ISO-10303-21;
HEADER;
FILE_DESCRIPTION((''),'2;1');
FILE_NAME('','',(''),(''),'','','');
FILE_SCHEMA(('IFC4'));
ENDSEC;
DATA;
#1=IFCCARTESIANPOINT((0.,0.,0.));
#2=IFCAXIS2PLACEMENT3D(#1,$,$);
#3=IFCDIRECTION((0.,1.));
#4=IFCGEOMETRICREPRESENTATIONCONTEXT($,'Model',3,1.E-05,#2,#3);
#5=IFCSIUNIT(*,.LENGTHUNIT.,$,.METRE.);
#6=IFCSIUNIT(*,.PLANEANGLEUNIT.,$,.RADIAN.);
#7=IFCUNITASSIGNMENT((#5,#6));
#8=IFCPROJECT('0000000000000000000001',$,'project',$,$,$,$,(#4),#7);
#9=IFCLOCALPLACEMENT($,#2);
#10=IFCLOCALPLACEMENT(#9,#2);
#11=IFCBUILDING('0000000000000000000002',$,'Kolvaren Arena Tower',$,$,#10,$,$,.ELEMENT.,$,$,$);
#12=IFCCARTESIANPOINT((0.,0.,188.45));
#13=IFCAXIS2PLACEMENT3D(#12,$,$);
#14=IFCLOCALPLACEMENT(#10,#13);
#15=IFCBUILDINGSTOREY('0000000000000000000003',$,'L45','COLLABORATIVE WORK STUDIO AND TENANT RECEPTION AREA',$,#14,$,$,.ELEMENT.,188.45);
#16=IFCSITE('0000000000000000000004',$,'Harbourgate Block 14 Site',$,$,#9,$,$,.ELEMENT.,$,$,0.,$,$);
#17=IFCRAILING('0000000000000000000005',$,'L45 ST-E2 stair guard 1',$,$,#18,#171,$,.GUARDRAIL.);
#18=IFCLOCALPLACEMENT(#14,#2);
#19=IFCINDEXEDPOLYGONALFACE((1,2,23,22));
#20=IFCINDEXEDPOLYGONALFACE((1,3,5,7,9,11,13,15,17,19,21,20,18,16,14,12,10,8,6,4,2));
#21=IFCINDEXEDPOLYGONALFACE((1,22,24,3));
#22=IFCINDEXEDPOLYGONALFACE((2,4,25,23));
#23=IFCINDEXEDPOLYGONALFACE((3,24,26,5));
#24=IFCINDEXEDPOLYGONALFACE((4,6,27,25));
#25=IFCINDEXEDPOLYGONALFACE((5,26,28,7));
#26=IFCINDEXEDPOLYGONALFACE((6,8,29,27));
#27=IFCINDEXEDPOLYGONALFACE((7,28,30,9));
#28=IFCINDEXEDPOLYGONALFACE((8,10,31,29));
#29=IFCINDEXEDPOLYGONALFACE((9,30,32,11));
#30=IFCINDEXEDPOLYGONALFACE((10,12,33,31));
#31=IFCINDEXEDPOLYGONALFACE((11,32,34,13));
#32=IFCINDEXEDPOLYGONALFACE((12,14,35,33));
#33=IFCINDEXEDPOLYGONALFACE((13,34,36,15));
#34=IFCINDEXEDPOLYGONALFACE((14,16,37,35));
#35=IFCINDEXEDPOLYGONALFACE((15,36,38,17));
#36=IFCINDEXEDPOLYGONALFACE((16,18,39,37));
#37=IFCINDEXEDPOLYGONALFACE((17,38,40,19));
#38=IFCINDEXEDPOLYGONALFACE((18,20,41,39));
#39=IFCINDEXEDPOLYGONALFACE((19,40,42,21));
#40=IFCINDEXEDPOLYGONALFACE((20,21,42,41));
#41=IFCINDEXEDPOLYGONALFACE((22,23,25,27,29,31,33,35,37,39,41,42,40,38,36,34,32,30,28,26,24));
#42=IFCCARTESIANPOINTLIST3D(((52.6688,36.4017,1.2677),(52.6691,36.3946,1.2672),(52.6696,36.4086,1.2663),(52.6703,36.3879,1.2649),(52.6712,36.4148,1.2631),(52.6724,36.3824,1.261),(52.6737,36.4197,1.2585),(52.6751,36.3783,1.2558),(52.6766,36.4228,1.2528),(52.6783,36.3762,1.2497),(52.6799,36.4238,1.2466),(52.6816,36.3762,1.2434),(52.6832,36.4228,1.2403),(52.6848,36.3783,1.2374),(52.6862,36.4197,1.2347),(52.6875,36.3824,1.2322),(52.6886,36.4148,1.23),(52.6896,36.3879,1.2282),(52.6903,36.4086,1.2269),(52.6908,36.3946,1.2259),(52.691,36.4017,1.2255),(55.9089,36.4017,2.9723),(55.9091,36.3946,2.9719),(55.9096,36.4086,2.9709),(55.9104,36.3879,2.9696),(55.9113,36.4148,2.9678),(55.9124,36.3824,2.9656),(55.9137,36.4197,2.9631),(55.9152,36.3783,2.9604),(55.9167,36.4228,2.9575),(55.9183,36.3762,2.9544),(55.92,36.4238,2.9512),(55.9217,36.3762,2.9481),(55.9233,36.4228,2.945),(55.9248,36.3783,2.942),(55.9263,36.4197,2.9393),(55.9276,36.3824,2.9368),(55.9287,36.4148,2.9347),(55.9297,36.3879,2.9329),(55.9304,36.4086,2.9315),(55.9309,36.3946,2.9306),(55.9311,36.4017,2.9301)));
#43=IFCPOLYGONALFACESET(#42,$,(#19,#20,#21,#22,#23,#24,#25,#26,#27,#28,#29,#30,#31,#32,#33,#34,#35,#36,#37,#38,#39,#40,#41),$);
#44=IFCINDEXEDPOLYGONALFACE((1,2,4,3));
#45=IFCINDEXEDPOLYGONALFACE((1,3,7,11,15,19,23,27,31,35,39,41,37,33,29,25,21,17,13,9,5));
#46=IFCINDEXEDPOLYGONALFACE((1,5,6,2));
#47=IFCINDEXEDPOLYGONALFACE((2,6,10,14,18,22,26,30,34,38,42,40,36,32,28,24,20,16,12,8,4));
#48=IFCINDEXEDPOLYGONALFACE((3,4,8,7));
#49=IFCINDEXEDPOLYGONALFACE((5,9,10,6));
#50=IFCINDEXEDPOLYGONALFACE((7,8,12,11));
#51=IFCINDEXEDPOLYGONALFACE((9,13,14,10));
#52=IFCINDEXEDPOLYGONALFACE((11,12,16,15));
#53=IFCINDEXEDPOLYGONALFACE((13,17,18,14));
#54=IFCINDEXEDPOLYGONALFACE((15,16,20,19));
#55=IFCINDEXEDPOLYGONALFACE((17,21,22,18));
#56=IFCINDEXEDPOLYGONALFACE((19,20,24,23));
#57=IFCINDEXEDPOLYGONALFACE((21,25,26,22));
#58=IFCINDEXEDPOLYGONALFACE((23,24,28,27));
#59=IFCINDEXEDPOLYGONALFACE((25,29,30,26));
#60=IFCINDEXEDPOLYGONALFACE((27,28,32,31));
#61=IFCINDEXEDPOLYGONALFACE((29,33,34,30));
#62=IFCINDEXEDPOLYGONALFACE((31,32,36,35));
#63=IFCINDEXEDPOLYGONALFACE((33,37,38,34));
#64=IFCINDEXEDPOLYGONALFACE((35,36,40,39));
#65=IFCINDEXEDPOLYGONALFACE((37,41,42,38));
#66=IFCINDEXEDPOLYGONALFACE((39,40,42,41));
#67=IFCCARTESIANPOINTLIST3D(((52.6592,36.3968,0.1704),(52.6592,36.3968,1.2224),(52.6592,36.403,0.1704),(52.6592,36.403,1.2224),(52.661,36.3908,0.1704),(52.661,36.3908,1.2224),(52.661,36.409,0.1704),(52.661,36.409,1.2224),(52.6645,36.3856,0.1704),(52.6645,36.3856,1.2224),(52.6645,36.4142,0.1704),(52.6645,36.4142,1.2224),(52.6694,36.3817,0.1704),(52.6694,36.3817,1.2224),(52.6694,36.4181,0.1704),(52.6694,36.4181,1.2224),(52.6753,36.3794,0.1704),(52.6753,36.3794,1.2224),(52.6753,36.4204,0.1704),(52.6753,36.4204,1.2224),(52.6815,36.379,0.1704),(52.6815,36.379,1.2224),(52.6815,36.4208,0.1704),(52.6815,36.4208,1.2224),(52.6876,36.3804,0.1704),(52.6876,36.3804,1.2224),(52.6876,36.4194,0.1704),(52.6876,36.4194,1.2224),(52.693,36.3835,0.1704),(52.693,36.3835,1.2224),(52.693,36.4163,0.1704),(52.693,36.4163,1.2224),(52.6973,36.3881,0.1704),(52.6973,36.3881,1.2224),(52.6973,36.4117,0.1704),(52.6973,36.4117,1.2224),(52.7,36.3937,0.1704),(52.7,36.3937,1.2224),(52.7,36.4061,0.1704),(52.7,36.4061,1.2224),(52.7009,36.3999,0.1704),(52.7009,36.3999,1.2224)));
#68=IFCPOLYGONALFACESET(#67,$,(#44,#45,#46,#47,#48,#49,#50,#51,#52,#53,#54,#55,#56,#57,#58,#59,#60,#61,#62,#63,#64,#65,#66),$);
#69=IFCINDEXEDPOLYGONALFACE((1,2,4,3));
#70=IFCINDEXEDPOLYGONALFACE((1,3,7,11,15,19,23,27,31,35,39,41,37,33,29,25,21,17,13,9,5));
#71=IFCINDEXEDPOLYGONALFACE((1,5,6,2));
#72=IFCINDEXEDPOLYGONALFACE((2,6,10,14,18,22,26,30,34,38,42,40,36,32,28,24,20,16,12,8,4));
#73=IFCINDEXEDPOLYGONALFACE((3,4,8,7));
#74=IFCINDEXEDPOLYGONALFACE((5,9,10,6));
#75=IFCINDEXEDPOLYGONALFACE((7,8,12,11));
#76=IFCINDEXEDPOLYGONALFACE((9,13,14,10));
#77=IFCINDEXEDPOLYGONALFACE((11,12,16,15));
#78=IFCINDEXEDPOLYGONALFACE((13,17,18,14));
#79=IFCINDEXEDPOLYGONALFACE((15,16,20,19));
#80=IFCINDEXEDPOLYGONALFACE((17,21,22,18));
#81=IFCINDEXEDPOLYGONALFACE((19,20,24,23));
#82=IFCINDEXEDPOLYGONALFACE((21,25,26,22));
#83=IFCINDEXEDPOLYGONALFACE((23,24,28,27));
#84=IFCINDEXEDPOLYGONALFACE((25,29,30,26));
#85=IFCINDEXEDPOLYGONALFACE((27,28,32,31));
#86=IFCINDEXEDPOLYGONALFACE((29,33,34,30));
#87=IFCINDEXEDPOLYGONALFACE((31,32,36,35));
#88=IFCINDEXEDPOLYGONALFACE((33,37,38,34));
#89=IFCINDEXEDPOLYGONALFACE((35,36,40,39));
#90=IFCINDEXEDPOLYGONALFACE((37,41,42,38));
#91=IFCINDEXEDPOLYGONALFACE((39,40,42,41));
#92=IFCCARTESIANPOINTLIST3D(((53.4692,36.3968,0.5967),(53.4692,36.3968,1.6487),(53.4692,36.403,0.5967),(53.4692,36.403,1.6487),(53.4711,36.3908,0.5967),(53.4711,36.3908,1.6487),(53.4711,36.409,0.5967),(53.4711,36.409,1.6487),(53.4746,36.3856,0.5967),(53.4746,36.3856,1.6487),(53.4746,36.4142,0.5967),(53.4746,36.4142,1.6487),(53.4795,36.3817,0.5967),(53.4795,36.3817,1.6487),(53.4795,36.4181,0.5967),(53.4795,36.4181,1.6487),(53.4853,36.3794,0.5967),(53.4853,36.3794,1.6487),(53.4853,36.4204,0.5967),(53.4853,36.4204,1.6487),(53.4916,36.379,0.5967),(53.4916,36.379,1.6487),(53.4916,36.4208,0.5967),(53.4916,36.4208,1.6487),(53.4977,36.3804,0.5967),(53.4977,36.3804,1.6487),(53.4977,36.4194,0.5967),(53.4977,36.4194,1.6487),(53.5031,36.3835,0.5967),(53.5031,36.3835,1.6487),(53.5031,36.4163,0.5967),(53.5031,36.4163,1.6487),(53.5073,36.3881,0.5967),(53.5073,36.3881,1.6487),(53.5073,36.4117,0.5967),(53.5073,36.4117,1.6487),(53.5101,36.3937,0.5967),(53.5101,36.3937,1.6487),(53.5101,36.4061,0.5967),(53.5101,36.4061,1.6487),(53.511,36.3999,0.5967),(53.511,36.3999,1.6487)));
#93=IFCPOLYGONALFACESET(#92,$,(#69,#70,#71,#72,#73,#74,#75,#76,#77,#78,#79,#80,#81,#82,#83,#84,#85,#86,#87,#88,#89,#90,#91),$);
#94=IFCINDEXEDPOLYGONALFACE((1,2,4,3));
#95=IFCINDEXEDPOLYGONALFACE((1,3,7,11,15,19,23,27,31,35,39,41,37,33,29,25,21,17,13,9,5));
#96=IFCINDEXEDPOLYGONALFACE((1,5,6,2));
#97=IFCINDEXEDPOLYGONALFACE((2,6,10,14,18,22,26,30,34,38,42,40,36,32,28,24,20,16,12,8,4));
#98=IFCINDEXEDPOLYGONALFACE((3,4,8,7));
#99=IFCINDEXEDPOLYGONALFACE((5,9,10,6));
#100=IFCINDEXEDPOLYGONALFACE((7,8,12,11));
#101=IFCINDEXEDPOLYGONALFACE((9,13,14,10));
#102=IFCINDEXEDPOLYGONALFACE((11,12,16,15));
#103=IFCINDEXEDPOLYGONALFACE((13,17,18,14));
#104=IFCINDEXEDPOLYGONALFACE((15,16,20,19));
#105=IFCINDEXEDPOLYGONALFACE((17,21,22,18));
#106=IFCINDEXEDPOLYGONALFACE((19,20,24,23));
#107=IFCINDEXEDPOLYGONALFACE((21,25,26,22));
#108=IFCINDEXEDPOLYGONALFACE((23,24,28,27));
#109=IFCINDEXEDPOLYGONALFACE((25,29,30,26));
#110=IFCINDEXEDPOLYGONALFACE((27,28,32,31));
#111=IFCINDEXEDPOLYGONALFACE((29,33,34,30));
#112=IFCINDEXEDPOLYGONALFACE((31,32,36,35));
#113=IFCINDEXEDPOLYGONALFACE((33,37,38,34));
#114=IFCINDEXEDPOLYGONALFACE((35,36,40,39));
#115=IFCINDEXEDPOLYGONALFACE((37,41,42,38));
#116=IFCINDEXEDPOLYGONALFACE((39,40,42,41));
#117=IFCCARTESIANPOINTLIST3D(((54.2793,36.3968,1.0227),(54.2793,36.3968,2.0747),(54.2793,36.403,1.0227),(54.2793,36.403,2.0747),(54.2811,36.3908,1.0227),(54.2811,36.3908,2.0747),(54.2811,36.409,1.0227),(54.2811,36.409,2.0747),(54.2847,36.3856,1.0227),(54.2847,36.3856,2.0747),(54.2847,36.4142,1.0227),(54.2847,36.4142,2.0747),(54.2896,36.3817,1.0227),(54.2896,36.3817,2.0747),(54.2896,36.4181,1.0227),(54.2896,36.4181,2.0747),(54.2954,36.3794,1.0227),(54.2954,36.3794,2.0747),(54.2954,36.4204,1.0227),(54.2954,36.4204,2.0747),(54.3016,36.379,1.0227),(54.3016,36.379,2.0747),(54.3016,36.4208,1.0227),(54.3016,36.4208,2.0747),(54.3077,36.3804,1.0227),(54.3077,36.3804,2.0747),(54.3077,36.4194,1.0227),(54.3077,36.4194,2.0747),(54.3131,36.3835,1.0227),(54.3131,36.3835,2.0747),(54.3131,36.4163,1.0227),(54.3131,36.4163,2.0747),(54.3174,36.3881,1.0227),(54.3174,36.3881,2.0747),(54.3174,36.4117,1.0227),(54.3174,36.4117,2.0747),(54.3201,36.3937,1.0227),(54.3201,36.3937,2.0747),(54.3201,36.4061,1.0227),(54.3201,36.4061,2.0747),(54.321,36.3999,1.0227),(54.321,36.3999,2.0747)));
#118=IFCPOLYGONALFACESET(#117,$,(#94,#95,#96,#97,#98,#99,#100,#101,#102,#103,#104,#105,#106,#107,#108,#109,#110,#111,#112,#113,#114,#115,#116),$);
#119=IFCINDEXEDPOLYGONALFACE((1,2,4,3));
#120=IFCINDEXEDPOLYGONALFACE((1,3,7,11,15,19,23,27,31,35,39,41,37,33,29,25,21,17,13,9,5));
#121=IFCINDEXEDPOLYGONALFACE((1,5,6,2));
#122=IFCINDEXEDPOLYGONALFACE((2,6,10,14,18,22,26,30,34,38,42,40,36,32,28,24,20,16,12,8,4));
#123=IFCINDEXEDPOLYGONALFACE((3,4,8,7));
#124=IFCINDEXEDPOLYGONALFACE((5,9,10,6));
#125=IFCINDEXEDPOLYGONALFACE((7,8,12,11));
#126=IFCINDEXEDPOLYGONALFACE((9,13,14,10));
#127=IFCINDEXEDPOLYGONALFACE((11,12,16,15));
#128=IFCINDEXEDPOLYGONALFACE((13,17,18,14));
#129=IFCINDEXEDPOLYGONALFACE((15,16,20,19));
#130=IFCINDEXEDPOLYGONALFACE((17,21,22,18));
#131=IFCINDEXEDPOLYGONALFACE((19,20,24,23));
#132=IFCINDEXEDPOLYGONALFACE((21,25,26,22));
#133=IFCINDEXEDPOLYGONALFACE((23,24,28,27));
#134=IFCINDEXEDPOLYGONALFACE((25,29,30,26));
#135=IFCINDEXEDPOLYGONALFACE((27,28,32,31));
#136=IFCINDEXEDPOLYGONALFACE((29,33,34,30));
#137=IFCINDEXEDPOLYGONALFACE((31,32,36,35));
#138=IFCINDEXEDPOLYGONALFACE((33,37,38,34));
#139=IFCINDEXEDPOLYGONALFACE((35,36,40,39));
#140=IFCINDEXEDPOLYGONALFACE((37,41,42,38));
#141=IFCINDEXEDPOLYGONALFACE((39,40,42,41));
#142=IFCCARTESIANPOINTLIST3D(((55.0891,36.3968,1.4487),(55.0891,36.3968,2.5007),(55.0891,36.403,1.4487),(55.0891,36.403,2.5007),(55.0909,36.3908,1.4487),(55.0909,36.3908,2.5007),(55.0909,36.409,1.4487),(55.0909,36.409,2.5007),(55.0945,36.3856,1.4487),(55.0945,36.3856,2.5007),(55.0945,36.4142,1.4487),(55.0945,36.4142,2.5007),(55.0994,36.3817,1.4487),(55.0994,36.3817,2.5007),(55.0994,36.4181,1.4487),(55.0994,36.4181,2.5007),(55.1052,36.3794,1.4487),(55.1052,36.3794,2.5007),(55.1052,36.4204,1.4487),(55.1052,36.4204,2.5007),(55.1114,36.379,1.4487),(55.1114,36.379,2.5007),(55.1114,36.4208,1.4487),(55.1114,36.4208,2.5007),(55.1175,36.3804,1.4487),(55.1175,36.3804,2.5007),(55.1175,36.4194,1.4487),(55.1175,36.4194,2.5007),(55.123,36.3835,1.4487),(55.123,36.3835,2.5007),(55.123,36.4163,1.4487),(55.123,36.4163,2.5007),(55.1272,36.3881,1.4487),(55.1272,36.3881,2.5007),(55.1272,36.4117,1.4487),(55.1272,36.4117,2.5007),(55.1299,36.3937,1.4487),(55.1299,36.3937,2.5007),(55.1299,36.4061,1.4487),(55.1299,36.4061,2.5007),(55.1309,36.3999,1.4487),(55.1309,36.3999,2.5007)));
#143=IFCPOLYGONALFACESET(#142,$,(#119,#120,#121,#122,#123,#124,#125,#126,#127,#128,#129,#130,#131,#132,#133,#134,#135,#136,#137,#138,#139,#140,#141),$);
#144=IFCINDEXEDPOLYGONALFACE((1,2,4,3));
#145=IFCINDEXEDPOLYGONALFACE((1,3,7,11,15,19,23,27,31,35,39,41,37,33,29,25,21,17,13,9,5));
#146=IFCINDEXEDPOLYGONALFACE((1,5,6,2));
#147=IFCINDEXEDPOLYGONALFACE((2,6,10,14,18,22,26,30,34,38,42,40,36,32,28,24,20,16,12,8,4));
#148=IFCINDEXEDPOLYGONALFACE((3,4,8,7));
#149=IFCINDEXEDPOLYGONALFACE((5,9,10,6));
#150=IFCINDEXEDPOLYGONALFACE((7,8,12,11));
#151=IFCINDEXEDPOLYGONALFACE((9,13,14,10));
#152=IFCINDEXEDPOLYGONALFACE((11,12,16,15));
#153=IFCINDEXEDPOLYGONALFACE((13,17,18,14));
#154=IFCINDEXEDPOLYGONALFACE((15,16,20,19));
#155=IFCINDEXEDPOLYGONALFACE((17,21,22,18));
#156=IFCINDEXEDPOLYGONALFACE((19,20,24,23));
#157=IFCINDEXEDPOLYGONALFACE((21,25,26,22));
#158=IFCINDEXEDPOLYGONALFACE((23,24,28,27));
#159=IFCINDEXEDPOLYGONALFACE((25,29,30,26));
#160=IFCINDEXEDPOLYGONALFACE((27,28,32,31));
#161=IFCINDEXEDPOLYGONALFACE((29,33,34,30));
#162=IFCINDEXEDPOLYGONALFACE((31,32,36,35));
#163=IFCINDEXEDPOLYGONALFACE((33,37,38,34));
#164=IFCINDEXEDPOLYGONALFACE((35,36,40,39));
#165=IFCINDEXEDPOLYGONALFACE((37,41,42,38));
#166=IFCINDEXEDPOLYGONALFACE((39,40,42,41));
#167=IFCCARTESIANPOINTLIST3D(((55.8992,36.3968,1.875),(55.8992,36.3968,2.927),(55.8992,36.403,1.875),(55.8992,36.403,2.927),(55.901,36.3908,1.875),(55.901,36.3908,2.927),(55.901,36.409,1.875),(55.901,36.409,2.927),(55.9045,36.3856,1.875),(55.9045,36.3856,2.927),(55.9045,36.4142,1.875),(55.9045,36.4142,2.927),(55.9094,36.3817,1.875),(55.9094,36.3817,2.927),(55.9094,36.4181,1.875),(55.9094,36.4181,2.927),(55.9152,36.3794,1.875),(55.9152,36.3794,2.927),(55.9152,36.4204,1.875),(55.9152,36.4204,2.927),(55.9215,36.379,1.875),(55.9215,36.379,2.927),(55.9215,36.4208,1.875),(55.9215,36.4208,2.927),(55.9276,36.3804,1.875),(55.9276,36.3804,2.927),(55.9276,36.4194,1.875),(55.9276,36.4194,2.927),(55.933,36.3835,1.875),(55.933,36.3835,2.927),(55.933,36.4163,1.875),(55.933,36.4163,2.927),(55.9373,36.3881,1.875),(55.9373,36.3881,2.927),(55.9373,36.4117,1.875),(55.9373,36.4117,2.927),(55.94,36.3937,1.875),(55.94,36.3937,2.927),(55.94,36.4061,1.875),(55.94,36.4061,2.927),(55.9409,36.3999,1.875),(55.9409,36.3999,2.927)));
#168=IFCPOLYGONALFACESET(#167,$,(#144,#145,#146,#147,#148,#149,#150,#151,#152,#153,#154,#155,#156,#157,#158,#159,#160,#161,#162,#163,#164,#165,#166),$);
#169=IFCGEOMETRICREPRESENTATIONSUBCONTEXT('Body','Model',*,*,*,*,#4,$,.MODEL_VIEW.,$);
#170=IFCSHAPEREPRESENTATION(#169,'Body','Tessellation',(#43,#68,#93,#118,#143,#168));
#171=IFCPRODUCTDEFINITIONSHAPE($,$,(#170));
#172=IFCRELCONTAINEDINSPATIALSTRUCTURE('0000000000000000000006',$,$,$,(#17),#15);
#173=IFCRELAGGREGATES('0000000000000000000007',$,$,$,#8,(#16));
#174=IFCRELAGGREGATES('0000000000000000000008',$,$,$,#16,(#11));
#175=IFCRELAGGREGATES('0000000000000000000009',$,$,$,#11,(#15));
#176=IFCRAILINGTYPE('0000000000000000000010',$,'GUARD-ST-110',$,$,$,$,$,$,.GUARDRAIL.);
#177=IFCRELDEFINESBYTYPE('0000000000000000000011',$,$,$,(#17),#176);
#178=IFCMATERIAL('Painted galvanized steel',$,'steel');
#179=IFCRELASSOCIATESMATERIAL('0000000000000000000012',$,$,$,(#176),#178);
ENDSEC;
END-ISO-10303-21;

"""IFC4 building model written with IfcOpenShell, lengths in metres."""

from ifc_helpers import new_model, si_unit, direction, frame, origin, origin_2d, place, context, subcontext, project, spatial, circle, extrude, material, type_object, element, save


model = new_model("IFC4")

# Units and contexts
model_context = context("Model", 3, precision=1e-05, world=origin(), true_north=direction((0.0, 1.0)))
body_context = subcontext(model_context, "Body", "Model", "MODEL_VIEW")
ifc_project = project(units=[si_unit("LENGTHUNIT", "METRE"), si_unit("PLANEANGLEUNIT", "RADIAN")], contexts=[model_context])

# Site, building, storey
site_placement = place(None, origin())
site = spatial("IfcSite", under=ifc_project, at=site_placement, Name="Harbourgate Block 14 Site", CompositionType="ELEMENT", RefElevation=0.0)
building_placement = place(site_placement, origin())
building = spatial("IfcBuilding", under=site, at=building_placement, Name="Kolvaren Arena Tower", CompositionType="ELEMENT")
storey_placement = place(building_placement, frame((0.0, 0.0, 188.45)))
storey = spatial("IfcBuildingStorey", under=building, at=storey_placement, Name="L45", Description="COLLABORATIVE WORK STUDIO AND TENANT RECEPTION AREA", CompositionType="ELEMENT", Elevation=188.45)

# Railing
ifc_material_1 = material(Name="Painted galvanized steel", Category="steel")
railing_type_1 = type_object("IfcRailingType", Name="GUARD-ST-110", PredefinedType="GUARDRAIL", material=ifc_material_1)
railing_1_placement = place(storey_placement, frame((52.6799, 36.3999, 0.1704)))
element("IfcRailing", 1, at=railing_1_placement, inside=storey, type_object=railing_type_1, Name="L45 ST-E2 stair guard 1", PredefinedType="GUARDRAIL", context=body_context, shape_type="SweptSolid", body=[
    extrude(circle(Radius=0.0239, at=origin_2d()), frame((0.0, 0.0, 1.0762), z_axis=(0.884993, 0.0, 0.465604), x_axis=(0.0, 1.0, 0.0)), (0.0, 0.0, 1.0), 3.6611),
    extrude(circle(Radius=0.021, at=origin_2d()), origin(), (0.0, 0.0, 1.0), 1.052),
    extrude(circle(Radius=0.021, at=origin_2d()), frame((0.8101, 0.0, 0.4263)), (0.0, 0.0, 1.0), 1.052),
    extrude(circle(Radius=0.021, at=origin_2d()), frame((1.6201, 0.0, 0.8523)), (0.0, 0.0, 1.0), 1.052),
    extrude(circle(Radius=0.021, at=origin_2d()), frame((2.4299, 0.0, 1.2783)), (0.0, 0.0, 1.0), 1.052),
    extrude(circle(Radius=0.021, at=origin_2d()), frame((3.24, 0.0, 1.7046)), (0.0, 0.0, 1.0), 1.052),
])

save(model, "model.ifc")
